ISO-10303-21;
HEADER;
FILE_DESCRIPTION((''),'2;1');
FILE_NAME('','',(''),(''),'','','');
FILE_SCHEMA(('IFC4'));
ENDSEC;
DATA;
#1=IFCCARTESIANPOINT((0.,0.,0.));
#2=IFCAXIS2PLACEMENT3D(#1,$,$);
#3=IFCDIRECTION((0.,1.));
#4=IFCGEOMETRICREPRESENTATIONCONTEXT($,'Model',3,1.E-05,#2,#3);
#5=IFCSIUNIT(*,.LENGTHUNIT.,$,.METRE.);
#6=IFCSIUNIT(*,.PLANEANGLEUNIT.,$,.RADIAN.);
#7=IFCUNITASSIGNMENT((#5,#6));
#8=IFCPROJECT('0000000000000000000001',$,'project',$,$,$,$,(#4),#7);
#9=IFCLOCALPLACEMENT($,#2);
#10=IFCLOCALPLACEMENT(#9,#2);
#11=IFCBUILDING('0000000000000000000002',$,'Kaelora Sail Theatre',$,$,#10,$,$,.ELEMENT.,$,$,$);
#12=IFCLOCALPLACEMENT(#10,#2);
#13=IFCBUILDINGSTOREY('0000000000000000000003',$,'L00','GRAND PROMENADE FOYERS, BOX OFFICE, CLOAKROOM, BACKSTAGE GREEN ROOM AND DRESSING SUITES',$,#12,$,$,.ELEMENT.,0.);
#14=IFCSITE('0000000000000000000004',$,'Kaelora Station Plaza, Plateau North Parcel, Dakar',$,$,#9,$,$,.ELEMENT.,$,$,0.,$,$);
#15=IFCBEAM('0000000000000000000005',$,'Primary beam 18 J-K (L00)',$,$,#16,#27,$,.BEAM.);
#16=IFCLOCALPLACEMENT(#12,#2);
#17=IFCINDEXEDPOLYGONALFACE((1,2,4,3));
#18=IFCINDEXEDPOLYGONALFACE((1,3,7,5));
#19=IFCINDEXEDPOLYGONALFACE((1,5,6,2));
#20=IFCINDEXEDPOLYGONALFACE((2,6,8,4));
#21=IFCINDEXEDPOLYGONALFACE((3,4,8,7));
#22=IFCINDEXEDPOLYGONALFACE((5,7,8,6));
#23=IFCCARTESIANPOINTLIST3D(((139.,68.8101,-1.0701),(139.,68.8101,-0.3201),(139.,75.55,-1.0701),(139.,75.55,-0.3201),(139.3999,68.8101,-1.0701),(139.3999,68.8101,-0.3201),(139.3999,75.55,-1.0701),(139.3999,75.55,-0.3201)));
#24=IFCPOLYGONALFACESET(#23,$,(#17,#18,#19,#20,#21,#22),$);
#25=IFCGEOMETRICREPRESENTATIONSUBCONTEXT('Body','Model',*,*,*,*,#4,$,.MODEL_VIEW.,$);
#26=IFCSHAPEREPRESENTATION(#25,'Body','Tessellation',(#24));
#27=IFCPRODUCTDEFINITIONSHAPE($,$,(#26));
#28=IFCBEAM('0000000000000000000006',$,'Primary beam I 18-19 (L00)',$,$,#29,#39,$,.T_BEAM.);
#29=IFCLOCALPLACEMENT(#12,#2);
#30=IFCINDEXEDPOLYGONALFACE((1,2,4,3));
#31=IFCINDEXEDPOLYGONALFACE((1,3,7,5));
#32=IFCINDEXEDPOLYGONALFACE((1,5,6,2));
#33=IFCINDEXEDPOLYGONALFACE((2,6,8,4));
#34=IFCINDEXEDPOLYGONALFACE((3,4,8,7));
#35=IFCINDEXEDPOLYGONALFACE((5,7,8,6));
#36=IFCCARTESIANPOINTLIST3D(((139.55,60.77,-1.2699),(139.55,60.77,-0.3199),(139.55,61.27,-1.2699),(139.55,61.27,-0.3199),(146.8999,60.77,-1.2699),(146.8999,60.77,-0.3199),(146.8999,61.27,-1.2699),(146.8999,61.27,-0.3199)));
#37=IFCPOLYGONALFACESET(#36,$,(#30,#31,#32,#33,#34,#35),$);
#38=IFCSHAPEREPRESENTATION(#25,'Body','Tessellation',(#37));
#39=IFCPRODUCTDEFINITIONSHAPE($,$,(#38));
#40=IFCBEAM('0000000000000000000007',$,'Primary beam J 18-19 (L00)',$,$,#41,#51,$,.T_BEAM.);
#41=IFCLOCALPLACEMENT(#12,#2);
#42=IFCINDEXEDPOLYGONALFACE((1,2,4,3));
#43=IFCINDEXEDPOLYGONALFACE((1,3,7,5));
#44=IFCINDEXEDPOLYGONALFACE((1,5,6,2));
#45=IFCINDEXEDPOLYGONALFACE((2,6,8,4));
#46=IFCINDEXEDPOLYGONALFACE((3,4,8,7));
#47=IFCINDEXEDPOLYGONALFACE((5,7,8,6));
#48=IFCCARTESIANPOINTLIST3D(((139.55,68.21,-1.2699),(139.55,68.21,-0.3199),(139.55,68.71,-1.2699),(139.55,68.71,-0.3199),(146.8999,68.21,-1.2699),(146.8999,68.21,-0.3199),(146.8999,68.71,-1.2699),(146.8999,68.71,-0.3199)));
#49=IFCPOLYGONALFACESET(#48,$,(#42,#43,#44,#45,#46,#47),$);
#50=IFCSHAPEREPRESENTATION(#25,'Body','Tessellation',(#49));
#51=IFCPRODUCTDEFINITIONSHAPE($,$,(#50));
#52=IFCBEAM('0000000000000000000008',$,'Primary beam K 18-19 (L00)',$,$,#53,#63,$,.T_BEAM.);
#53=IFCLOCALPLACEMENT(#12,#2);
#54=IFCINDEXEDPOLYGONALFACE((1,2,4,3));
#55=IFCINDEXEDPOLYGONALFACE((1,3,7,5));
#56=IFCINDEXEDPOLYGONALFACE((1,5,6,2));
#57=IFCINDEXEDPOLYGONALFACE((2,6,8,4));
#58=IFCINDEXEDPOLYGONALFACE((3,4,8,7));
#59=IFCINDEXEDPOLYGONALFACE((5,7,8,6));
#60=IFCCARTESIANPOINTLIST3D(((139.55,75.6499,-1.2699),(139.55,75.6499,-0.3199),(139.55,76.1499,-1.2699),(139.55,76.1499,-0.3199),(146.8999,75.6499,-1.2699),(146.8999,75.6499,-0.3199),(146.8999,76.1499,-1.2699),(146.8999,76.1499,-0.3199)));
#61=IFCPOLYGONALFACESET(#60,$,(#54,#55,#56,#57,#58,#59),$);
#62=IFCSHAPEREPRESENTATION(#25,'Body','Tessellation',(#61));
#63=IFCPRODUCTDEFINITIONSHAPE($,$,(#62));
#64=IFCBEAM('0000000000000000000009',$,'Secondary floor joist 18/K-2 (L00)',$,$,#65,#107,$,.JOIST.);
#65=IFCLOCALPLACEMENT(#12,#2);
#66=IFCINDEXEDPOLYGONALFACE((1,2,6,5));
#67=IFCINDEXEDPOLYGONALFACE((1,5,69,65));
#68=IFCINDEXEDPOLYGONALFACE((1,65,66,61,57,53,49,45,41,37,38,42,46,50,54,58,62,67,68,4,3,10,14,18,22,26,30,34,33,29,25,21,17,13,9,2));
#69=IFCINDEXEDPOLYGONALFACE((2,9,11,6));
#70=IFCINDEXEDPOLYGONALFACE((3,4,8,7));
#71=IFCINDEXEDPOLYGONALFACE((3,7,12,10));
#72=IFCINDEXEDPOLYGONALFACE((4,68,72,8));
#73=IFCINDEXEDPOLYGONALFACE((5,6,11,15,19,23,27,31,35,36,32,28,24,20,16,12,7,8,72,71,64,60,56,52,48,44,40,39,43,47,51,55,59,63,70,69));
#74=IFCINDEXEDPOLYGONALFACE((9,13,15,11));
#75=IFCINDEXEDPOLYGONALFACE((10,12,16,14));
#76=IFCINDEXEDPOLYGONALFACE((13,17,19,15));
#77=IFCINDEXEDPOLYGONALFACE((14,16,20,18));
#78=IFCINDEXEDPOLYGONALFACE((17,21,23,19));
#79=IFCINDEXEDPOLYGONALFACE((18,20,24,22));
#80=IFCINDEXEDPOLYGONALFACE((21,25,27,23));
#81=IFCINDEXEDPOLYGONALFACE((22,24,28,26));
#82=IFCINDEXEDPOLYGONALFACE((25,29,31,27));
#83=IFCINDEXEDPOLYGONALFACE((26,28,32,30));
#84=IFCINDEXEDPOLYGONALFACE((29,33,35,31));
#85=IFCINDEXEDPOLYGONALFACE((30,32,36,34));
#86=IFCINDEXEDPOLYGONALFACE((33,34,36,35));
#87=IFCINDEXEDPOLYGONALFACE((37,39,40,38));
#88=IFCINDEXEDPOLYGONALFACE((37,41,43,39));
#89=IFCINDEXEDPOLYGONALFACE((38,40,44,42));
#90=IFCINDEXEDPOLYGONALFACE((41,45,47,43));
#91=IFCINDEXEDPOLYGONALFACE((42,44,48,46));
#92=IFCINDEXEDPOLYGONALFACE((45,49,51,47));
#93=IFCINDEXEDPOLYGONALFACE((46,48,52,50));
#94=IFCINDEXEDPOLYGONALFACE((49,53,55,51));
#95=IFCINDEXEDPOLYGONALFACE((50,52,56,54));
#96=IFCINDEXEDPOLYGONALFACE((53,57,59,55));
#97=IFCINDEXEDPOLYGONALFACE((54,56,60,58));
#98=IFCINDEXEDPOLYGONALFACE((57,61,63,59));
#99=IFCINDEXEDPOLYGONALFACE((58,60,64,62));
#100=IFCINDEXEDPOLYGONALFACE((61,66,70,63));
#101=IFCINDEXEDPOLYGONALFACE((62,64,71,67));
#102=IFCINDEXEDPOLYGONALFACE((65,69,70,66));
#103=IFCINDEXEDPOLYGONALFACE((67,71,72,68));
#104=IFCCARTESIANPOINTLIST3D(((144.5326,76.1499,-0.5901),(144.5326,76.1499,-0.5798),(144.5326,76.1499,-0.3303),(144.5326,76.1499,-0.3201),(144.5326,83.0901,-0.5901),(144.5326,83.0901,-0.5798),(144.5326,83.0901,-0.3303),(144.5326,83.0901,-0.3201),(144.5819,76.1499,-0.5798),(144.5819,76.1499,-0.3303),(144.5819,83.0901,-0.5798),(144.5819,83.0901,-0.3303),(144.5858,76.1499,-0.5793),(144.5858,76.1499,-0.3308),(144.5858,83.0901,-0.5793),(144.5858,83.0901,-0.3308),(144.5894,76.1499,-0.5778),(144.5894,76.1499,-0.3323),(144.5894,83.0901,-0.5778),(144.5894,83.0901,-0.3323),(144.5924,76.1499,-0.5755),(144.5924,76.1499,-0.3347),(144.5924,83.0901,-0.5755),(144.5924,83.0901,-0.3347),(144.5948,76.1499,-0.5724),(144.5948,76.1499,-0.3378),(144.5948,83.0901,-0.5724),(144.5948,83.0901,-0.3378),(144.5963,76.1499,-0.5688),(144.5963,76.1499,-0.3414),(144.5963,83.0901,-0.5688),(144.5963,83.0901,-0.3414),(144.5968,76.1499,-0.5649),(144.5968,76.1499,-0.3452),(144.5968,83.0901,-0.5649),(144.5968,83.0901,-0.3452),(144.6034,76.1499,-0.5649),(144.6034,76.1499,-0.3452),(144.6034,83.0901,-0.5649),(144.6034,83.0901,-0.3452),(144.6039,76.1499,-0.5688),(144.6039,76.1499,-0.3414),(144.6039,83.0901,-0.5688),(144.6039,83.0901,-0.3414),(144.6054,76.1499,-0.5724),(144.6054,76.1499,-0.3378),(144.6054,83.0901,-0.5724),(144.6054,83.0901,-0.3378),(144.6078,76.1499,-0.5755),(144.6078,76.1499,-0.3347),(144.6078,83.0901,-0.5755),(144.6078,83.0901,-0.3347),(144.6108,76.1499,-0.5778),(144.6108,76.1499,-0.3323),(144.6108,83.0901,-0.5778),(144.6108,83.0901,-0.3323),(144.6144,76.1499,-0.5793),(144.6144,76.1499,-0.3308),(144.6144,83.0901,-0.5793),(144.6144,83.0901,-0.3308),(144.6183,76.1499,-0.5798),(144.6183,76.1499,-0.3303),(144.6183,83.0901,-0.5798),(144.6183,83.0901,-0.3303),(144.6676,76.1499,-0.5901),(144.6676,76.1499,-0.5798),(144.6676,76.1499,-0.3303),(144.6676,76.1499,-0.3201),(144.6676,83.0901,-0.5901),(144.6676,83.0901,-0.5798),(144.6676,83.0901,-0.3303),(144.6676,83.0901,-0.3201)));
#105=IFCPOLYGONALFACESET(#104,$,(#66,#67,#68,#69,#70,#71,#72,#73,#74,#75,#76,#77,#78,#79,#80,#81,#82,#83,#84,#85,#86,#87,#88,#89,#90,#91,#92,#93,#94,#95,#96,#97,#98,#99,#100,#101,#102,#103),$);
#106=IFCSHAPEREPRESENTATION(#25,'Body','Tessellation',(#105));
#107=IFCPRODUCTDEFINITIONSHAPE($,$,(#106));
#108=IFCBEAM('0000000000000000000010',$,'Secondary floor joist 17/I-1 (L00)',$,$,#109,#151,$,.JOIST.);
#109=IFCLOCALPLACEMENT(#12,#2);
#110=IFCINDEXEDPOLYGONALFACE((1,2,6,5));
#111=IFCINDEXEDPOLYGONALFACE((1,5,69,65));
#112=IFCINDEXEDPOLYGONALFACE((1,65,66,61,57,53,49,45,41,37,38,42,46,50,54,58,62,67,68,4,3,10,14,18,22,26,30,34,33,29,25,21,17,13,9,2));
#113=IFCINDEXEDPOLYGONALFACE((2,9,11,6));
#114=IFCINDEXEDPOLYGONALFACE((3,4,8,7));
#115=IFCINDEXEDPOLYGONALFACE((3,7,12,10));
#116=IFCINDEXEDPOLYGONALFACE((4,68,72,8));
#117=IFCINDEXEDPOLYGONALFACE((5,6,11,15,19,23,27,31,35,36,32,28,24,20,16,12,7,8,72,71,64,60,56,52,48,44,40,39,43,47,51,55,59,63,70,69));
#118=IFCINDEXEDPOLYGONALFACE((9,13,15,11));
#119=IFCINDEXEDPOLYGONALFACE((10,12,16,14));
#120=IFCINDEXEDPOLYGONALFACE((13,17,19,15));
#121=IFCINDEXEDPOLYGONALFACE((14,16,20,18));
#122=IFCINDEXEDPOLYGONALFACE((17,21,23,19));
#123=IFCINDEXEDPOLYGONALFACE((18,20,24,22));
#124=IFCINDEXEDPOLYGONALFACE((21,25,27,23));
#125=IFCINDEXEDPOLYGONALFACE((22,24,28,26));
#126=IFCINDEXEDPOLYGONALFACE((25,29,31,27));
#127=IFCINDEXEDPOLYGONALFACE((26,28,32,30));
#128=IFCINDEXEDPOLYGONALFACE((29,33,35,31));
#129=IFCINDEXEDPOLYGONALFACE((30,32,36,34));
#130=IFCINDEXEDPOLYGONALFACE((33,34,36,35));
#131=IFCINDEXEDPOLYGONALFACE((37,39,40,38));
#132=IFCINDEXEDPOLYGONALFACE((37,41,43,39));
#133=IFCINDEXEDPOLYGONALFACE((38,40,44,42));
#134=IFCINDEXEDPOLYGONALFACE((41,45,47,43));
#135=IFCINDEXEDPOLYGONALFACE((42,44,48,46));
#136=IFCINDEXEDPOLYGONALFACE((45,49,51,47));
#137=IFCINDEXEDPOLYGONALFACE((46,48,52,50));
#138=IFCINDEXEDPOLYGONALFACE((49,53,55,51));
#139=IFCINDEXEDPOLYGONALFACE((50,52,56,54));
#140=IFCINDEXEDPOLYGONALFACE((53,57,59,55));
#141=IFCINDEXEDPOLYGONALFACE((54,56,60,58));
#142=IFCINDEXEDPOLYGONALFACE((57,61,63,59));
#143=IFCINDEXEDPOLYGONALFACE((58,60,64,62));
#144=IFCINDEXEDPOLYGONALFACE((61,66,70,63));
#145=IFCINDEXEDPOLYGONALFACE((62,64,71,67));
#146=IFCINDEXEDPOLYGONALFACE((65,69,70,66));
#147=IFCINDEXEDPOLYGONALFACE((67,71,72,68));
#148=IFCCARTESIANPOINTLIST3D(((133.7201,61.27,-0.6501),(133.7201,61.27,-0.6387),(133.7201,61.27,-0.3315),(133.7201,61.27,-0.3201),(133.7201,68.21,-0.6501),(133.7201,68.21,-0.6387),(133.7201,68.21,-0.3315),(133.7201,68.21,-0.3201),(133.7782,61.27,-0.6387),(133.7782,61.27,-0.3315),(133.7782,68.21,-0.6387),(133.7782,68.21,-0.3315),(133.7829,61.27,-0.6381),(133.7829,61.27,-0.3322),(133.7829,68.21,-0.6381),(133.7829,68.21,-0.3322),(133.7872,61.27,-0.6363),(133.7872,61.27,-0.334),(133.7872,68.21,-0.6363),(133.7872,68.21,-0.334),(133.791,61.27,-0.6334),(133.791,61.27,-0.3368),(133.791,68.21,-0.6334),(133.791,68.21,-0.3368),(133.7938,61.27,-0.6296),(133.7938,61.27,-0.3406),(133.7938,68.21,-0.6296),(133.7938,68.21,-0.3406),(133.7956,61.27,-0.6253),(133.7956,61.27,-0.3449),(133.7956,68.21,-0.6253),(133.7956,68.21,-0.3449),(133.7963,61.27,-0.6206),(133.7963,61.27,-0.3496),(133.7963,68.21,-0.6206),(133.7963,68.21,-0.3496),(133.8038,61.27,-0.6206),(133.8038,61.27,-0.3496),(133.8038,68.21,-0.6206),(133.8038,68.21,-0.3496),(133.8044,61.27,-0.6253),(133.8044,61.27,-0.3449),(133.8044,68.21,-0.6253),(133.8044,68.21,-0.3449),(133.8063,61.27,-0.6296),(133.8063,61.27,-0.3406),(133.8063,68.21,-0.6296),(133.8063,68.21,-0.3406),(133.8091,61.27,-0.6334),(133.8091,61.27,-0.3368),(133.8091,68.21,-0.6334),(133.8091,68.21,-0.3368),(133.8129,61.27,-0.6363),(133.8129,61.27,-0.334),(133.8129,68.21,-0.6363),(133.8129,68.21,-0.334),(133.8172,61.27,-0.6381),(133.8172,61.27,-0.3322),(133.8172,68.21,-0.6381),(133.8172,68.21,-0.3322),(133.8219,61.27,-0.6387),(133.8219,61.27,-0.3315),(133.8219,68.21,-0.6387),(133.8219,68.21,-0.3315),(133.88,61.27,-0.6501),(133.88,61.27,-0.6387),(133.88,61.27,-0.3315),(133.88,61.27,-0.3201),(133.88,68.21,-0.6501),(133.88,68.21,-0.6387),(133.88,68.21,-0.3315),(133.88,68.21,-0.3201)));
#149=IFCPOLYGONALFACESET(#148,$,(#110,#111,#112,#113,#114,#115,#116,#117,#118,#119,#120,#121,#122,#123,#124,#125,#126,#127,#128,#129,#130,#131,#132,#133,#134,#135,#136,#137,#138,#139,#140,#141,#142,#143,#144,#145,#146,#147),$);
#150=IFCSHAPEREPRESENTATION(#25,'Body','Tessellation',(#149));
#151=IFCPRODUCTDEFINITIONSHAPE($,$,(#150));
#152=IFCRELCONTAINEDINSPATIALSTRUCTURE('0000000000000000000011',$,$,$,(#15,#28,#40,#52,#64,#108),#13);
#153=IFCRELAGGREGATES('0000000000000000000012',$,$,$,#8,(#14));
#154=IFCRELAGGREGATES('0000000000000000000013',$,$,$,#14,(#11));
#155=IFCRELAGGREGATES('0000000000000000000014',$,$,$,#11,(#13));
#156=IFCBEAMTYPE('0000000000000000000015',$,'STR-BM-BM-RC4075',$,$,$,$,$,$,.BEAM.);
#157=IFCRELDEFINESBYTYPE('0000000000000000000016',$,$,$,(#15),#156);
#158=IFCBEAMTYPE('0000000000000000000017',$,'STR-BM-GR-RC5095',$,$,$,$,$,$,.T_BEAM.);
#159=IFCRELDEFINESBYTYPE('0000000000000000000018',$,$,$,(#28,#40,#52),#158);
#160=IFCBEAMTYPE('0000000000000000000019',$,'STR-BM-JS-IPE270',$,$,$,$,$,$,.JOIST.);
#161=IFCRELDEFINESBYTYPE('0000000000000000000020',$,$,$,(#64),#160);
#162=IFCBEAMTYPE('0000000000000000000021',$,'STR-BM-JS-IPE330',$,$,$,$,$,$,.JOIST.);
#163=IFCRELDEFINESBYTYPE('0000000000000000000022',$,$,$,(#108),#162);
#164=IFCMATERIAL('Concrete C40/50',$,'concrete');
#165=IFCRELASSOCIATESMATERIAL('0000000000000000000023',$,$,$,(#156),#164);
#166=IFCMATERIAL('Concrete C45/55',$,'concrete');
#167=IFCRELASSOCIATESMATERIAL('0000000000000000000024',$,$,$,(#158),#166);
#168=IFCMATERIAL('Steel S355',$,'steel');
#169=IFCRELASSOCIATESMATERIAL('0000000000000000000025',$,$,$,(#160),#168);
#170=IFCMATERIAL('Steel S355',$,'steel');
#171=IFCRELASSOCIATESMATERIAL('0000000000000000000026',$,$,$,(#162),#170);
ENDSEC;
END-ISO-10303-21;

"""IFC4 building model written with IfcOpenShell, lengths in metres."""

from ifc_helpers import new_model, si_unit, direction, frame, origin, origin_2d, place, context, subcontext, project, spatial, rectangle, i_section, extrude, material, material_profile, profile_set, type_object, element, save


model = new_model("IFC4")

# Units and contexts
model_context = context("Model", 3, precision=1e-05, world=origin(), true_north=direction((0.0, 1.0)))
body_context = subcontext(model_context, "Body", "Model", "MODEL_VIEW")
ifc_project = project(units=[si_unit("LENGTHUNIT", "METRE"), si_unit("PLANEANGLEUNIT", "RADIAN")], contexts=[model_context])

# Site, building, storey
site_placement = place(None, origin())
site = spatial("IfcSite", under=ifc_project, at=site_placement, Name="Kaelora Station Plaza, Plateau North Parcel, Dakar", CompositionType="ELEMENT", RefElevation=0.0)
building_placement = place(site_placement, origin())
building = spatial("IfcBuilding", under=site, at=building_placement, Name="Kaelora Sail Theatre", CompositionType="ELEMENT")
storey_placement = place(building_placement, origin())
storey = spatial("IfcBuildingStorey", under=building, at=storey_placement, Name="L00", Description="GRAND PROMENADE FOYERS, BOX OFFICE, CLOAKROOM, BACKSTAGE GREEN ROOM AND DRESSING SUITES", CompositionType="ELEMENT", Elevation=0.0)

# Beams
ifc_material_1 = material(Name="Concrete C40/50", Category="concrete")
ifc_material_profile_1 = material_profile(ifc_material_1, rectangle(XDim=0.3999, YDim=0.75, at=origin_2d()), Name="RC-BM 400x750")
ifc_profile_set_1 = profile_set([ifc_material_profile_1], Name="Concrete C40/50")
beam_type_1 = type_object("IfcBeamType", Name="STR-BM-BM-RC4075", PredefinedType="BEAM", material=ifc_profile_set_1)
for number, where, z_axis, x_axis, name in (
    (1, (139.2, 68.8101, -0.6951), (0.0, 1.0, 0.0), (-1.0, 0.0, 0.0), "Primary beam 18 J-K (L00)"),
):
    element("IfcBeam", number, at=place(storey_placement, frame(where, z_axis=z_axis, x_axis=x_axis)), inside=storey, type_object=beam_type_1, Name=name, PredefinedType="BEAM", context=body_context, shape_type="SweptSolid", body=[
        extrude(rectangle(XDim=0.3999, YDim=0.75, at=origin_2d()), origin(), (0.0, 0.0, 1.0), 6.74),
    ])
ifc_material_2 = material(Name="Concrete C45/55", Category="concrete")
ifc_material_profile_2 = material_profile(ifc_material_2, rectangle(XDim=0.5, YDim=0.95, at=origin_2d()), Name="RC-GRD 500x950")
ifc_profile_set_2 = profile_set([ifc_material_profile_2], Name="Concrete C45/55")
beam_type_2 = type_object("IfcBeamType", Name="STR-BM-GR-RC5095", PredefinedType="T_BEAM", material=ifc_profile_set_2)
for number, where, z_axis, x_axis, name in (
    (2, (139.55, 61.02, -0.7949), (1.0, 0.0, 0.0), (0.0, 1.0, 0.0), "Primary beam I 18-19 (L00)"),
    (3, (139.55, 68.46, -0.7949), (1.0, 0.0, 0.0), (0.0, 1.0, 0.0), "Primary beam J 18-19 (L00)"),
    (4, (139.55, 75.8999, -0.7949), (1.0, 0.0, 0.0), (0.0, 1.0, 0.0), "Primary beam K 18-19 (L00)"),
):
    element("IfcBeam", number, at=place(storey_placement, frame(where, z_axis=z_axis, x_axis=x_axis)), inside=storey, type_object=beam_type_2, Name=name, PredefinedType="T_BEAM", context=body_context, shape_type="SweptSolid", body=[
        extrude(rectangle(XDim=0.5, YDim=0.95, at=origin_2d()), origin(), (0.0, 0.0, 1.0), 7.3499),
    ])
ifc_material_3 = material(Name="Steel S355", Category="steel")
ifc_material_profile_3 = material_profile(ifc_material_3, i_section(OverallWidth=0.135, OverallDepth=0.27, WebThickness=0.0066, FlangeThickness=0.0103, FilletRadius=0.0149, at=origin_2d()), Name="IPE 270")
ifc_profile_set_3 = profile_set([ifc_material_profile_3], Name="Steel S355")
beam_type_3 = type_object("IfcBeamType", Name="STR-BM-JS-IPE270", PredefinedType="JOIST", material=ifc_profile_set_3)
beam_1_placement = place(storey_placement, frame((144.6001, 76.1499, -0.4551), z_axis=(0.0, 1.0, 0.0), x_axis=(-1.0, 0.0, 0.0)))
element("IfcBeam", 5, at=beam_1_placement, inside=storey, type_object=beam_type_3, Name="Secondary floor joist 18/K-2 (L00)", PredefinedType="JOIST", context=body_context, shape_type="SweptSolid", body=[
    extrude(i_section(OverallWidth=0.135, OverallDepth=0.27, WebThickness=0.0066, FlangeThickness=0.0103, FilletRadius=0.0149, at=origin_2d()), origin(), (0.0, 0.0, 1.0), 6.9402),
])
ifc_material_4 = material(Name="Steel S355", Category="steel")
ifc_material_profile_4 = material_profile(ifc_material_4, i_section(OverallWidth=0.1599, OverallDepth=0.3301, WebThickness=0.0076, FlangeThickness=0.0115, FilletRadius=0.0181, at=origin_2d()), Name="IPE 330")
ifc_profile_set_4 = profile_set([ifc_material_profile_4], Name="Steel S355")
beam_type_4 = type_object("IfcBeamType", Name="STR-BM-JS-IPE330", PredefinedType="JOIST", material=ifc_profile_set_4)
beam_2_placement = place(storey_placement, frame((133.8, 61.27, -0.4851), z_axis=(0.0, 1.0, 0.0), x_axis=(-1.0, 0.0, 0.0)))
element("IfcBeam", 6, at=beam_2_placement, inside=storey, type_object=beam_type_4, Name="Secondary floor joist 17/I-1 (L00)", PredefinedType="JOIST", context=body_context, shape_type="SweptSolid", body=[
    extrude(i_section(OverallWidth=0.1599, OverallDepth=0.3301, WebThickness=0.0076, FlangeThickness=0.0115, FilletRadius=0.0181, at=origin_2d()), origin(), (0.0, 0.0, 1.0), 6.9399),
])

save(model, "model.ifc")
